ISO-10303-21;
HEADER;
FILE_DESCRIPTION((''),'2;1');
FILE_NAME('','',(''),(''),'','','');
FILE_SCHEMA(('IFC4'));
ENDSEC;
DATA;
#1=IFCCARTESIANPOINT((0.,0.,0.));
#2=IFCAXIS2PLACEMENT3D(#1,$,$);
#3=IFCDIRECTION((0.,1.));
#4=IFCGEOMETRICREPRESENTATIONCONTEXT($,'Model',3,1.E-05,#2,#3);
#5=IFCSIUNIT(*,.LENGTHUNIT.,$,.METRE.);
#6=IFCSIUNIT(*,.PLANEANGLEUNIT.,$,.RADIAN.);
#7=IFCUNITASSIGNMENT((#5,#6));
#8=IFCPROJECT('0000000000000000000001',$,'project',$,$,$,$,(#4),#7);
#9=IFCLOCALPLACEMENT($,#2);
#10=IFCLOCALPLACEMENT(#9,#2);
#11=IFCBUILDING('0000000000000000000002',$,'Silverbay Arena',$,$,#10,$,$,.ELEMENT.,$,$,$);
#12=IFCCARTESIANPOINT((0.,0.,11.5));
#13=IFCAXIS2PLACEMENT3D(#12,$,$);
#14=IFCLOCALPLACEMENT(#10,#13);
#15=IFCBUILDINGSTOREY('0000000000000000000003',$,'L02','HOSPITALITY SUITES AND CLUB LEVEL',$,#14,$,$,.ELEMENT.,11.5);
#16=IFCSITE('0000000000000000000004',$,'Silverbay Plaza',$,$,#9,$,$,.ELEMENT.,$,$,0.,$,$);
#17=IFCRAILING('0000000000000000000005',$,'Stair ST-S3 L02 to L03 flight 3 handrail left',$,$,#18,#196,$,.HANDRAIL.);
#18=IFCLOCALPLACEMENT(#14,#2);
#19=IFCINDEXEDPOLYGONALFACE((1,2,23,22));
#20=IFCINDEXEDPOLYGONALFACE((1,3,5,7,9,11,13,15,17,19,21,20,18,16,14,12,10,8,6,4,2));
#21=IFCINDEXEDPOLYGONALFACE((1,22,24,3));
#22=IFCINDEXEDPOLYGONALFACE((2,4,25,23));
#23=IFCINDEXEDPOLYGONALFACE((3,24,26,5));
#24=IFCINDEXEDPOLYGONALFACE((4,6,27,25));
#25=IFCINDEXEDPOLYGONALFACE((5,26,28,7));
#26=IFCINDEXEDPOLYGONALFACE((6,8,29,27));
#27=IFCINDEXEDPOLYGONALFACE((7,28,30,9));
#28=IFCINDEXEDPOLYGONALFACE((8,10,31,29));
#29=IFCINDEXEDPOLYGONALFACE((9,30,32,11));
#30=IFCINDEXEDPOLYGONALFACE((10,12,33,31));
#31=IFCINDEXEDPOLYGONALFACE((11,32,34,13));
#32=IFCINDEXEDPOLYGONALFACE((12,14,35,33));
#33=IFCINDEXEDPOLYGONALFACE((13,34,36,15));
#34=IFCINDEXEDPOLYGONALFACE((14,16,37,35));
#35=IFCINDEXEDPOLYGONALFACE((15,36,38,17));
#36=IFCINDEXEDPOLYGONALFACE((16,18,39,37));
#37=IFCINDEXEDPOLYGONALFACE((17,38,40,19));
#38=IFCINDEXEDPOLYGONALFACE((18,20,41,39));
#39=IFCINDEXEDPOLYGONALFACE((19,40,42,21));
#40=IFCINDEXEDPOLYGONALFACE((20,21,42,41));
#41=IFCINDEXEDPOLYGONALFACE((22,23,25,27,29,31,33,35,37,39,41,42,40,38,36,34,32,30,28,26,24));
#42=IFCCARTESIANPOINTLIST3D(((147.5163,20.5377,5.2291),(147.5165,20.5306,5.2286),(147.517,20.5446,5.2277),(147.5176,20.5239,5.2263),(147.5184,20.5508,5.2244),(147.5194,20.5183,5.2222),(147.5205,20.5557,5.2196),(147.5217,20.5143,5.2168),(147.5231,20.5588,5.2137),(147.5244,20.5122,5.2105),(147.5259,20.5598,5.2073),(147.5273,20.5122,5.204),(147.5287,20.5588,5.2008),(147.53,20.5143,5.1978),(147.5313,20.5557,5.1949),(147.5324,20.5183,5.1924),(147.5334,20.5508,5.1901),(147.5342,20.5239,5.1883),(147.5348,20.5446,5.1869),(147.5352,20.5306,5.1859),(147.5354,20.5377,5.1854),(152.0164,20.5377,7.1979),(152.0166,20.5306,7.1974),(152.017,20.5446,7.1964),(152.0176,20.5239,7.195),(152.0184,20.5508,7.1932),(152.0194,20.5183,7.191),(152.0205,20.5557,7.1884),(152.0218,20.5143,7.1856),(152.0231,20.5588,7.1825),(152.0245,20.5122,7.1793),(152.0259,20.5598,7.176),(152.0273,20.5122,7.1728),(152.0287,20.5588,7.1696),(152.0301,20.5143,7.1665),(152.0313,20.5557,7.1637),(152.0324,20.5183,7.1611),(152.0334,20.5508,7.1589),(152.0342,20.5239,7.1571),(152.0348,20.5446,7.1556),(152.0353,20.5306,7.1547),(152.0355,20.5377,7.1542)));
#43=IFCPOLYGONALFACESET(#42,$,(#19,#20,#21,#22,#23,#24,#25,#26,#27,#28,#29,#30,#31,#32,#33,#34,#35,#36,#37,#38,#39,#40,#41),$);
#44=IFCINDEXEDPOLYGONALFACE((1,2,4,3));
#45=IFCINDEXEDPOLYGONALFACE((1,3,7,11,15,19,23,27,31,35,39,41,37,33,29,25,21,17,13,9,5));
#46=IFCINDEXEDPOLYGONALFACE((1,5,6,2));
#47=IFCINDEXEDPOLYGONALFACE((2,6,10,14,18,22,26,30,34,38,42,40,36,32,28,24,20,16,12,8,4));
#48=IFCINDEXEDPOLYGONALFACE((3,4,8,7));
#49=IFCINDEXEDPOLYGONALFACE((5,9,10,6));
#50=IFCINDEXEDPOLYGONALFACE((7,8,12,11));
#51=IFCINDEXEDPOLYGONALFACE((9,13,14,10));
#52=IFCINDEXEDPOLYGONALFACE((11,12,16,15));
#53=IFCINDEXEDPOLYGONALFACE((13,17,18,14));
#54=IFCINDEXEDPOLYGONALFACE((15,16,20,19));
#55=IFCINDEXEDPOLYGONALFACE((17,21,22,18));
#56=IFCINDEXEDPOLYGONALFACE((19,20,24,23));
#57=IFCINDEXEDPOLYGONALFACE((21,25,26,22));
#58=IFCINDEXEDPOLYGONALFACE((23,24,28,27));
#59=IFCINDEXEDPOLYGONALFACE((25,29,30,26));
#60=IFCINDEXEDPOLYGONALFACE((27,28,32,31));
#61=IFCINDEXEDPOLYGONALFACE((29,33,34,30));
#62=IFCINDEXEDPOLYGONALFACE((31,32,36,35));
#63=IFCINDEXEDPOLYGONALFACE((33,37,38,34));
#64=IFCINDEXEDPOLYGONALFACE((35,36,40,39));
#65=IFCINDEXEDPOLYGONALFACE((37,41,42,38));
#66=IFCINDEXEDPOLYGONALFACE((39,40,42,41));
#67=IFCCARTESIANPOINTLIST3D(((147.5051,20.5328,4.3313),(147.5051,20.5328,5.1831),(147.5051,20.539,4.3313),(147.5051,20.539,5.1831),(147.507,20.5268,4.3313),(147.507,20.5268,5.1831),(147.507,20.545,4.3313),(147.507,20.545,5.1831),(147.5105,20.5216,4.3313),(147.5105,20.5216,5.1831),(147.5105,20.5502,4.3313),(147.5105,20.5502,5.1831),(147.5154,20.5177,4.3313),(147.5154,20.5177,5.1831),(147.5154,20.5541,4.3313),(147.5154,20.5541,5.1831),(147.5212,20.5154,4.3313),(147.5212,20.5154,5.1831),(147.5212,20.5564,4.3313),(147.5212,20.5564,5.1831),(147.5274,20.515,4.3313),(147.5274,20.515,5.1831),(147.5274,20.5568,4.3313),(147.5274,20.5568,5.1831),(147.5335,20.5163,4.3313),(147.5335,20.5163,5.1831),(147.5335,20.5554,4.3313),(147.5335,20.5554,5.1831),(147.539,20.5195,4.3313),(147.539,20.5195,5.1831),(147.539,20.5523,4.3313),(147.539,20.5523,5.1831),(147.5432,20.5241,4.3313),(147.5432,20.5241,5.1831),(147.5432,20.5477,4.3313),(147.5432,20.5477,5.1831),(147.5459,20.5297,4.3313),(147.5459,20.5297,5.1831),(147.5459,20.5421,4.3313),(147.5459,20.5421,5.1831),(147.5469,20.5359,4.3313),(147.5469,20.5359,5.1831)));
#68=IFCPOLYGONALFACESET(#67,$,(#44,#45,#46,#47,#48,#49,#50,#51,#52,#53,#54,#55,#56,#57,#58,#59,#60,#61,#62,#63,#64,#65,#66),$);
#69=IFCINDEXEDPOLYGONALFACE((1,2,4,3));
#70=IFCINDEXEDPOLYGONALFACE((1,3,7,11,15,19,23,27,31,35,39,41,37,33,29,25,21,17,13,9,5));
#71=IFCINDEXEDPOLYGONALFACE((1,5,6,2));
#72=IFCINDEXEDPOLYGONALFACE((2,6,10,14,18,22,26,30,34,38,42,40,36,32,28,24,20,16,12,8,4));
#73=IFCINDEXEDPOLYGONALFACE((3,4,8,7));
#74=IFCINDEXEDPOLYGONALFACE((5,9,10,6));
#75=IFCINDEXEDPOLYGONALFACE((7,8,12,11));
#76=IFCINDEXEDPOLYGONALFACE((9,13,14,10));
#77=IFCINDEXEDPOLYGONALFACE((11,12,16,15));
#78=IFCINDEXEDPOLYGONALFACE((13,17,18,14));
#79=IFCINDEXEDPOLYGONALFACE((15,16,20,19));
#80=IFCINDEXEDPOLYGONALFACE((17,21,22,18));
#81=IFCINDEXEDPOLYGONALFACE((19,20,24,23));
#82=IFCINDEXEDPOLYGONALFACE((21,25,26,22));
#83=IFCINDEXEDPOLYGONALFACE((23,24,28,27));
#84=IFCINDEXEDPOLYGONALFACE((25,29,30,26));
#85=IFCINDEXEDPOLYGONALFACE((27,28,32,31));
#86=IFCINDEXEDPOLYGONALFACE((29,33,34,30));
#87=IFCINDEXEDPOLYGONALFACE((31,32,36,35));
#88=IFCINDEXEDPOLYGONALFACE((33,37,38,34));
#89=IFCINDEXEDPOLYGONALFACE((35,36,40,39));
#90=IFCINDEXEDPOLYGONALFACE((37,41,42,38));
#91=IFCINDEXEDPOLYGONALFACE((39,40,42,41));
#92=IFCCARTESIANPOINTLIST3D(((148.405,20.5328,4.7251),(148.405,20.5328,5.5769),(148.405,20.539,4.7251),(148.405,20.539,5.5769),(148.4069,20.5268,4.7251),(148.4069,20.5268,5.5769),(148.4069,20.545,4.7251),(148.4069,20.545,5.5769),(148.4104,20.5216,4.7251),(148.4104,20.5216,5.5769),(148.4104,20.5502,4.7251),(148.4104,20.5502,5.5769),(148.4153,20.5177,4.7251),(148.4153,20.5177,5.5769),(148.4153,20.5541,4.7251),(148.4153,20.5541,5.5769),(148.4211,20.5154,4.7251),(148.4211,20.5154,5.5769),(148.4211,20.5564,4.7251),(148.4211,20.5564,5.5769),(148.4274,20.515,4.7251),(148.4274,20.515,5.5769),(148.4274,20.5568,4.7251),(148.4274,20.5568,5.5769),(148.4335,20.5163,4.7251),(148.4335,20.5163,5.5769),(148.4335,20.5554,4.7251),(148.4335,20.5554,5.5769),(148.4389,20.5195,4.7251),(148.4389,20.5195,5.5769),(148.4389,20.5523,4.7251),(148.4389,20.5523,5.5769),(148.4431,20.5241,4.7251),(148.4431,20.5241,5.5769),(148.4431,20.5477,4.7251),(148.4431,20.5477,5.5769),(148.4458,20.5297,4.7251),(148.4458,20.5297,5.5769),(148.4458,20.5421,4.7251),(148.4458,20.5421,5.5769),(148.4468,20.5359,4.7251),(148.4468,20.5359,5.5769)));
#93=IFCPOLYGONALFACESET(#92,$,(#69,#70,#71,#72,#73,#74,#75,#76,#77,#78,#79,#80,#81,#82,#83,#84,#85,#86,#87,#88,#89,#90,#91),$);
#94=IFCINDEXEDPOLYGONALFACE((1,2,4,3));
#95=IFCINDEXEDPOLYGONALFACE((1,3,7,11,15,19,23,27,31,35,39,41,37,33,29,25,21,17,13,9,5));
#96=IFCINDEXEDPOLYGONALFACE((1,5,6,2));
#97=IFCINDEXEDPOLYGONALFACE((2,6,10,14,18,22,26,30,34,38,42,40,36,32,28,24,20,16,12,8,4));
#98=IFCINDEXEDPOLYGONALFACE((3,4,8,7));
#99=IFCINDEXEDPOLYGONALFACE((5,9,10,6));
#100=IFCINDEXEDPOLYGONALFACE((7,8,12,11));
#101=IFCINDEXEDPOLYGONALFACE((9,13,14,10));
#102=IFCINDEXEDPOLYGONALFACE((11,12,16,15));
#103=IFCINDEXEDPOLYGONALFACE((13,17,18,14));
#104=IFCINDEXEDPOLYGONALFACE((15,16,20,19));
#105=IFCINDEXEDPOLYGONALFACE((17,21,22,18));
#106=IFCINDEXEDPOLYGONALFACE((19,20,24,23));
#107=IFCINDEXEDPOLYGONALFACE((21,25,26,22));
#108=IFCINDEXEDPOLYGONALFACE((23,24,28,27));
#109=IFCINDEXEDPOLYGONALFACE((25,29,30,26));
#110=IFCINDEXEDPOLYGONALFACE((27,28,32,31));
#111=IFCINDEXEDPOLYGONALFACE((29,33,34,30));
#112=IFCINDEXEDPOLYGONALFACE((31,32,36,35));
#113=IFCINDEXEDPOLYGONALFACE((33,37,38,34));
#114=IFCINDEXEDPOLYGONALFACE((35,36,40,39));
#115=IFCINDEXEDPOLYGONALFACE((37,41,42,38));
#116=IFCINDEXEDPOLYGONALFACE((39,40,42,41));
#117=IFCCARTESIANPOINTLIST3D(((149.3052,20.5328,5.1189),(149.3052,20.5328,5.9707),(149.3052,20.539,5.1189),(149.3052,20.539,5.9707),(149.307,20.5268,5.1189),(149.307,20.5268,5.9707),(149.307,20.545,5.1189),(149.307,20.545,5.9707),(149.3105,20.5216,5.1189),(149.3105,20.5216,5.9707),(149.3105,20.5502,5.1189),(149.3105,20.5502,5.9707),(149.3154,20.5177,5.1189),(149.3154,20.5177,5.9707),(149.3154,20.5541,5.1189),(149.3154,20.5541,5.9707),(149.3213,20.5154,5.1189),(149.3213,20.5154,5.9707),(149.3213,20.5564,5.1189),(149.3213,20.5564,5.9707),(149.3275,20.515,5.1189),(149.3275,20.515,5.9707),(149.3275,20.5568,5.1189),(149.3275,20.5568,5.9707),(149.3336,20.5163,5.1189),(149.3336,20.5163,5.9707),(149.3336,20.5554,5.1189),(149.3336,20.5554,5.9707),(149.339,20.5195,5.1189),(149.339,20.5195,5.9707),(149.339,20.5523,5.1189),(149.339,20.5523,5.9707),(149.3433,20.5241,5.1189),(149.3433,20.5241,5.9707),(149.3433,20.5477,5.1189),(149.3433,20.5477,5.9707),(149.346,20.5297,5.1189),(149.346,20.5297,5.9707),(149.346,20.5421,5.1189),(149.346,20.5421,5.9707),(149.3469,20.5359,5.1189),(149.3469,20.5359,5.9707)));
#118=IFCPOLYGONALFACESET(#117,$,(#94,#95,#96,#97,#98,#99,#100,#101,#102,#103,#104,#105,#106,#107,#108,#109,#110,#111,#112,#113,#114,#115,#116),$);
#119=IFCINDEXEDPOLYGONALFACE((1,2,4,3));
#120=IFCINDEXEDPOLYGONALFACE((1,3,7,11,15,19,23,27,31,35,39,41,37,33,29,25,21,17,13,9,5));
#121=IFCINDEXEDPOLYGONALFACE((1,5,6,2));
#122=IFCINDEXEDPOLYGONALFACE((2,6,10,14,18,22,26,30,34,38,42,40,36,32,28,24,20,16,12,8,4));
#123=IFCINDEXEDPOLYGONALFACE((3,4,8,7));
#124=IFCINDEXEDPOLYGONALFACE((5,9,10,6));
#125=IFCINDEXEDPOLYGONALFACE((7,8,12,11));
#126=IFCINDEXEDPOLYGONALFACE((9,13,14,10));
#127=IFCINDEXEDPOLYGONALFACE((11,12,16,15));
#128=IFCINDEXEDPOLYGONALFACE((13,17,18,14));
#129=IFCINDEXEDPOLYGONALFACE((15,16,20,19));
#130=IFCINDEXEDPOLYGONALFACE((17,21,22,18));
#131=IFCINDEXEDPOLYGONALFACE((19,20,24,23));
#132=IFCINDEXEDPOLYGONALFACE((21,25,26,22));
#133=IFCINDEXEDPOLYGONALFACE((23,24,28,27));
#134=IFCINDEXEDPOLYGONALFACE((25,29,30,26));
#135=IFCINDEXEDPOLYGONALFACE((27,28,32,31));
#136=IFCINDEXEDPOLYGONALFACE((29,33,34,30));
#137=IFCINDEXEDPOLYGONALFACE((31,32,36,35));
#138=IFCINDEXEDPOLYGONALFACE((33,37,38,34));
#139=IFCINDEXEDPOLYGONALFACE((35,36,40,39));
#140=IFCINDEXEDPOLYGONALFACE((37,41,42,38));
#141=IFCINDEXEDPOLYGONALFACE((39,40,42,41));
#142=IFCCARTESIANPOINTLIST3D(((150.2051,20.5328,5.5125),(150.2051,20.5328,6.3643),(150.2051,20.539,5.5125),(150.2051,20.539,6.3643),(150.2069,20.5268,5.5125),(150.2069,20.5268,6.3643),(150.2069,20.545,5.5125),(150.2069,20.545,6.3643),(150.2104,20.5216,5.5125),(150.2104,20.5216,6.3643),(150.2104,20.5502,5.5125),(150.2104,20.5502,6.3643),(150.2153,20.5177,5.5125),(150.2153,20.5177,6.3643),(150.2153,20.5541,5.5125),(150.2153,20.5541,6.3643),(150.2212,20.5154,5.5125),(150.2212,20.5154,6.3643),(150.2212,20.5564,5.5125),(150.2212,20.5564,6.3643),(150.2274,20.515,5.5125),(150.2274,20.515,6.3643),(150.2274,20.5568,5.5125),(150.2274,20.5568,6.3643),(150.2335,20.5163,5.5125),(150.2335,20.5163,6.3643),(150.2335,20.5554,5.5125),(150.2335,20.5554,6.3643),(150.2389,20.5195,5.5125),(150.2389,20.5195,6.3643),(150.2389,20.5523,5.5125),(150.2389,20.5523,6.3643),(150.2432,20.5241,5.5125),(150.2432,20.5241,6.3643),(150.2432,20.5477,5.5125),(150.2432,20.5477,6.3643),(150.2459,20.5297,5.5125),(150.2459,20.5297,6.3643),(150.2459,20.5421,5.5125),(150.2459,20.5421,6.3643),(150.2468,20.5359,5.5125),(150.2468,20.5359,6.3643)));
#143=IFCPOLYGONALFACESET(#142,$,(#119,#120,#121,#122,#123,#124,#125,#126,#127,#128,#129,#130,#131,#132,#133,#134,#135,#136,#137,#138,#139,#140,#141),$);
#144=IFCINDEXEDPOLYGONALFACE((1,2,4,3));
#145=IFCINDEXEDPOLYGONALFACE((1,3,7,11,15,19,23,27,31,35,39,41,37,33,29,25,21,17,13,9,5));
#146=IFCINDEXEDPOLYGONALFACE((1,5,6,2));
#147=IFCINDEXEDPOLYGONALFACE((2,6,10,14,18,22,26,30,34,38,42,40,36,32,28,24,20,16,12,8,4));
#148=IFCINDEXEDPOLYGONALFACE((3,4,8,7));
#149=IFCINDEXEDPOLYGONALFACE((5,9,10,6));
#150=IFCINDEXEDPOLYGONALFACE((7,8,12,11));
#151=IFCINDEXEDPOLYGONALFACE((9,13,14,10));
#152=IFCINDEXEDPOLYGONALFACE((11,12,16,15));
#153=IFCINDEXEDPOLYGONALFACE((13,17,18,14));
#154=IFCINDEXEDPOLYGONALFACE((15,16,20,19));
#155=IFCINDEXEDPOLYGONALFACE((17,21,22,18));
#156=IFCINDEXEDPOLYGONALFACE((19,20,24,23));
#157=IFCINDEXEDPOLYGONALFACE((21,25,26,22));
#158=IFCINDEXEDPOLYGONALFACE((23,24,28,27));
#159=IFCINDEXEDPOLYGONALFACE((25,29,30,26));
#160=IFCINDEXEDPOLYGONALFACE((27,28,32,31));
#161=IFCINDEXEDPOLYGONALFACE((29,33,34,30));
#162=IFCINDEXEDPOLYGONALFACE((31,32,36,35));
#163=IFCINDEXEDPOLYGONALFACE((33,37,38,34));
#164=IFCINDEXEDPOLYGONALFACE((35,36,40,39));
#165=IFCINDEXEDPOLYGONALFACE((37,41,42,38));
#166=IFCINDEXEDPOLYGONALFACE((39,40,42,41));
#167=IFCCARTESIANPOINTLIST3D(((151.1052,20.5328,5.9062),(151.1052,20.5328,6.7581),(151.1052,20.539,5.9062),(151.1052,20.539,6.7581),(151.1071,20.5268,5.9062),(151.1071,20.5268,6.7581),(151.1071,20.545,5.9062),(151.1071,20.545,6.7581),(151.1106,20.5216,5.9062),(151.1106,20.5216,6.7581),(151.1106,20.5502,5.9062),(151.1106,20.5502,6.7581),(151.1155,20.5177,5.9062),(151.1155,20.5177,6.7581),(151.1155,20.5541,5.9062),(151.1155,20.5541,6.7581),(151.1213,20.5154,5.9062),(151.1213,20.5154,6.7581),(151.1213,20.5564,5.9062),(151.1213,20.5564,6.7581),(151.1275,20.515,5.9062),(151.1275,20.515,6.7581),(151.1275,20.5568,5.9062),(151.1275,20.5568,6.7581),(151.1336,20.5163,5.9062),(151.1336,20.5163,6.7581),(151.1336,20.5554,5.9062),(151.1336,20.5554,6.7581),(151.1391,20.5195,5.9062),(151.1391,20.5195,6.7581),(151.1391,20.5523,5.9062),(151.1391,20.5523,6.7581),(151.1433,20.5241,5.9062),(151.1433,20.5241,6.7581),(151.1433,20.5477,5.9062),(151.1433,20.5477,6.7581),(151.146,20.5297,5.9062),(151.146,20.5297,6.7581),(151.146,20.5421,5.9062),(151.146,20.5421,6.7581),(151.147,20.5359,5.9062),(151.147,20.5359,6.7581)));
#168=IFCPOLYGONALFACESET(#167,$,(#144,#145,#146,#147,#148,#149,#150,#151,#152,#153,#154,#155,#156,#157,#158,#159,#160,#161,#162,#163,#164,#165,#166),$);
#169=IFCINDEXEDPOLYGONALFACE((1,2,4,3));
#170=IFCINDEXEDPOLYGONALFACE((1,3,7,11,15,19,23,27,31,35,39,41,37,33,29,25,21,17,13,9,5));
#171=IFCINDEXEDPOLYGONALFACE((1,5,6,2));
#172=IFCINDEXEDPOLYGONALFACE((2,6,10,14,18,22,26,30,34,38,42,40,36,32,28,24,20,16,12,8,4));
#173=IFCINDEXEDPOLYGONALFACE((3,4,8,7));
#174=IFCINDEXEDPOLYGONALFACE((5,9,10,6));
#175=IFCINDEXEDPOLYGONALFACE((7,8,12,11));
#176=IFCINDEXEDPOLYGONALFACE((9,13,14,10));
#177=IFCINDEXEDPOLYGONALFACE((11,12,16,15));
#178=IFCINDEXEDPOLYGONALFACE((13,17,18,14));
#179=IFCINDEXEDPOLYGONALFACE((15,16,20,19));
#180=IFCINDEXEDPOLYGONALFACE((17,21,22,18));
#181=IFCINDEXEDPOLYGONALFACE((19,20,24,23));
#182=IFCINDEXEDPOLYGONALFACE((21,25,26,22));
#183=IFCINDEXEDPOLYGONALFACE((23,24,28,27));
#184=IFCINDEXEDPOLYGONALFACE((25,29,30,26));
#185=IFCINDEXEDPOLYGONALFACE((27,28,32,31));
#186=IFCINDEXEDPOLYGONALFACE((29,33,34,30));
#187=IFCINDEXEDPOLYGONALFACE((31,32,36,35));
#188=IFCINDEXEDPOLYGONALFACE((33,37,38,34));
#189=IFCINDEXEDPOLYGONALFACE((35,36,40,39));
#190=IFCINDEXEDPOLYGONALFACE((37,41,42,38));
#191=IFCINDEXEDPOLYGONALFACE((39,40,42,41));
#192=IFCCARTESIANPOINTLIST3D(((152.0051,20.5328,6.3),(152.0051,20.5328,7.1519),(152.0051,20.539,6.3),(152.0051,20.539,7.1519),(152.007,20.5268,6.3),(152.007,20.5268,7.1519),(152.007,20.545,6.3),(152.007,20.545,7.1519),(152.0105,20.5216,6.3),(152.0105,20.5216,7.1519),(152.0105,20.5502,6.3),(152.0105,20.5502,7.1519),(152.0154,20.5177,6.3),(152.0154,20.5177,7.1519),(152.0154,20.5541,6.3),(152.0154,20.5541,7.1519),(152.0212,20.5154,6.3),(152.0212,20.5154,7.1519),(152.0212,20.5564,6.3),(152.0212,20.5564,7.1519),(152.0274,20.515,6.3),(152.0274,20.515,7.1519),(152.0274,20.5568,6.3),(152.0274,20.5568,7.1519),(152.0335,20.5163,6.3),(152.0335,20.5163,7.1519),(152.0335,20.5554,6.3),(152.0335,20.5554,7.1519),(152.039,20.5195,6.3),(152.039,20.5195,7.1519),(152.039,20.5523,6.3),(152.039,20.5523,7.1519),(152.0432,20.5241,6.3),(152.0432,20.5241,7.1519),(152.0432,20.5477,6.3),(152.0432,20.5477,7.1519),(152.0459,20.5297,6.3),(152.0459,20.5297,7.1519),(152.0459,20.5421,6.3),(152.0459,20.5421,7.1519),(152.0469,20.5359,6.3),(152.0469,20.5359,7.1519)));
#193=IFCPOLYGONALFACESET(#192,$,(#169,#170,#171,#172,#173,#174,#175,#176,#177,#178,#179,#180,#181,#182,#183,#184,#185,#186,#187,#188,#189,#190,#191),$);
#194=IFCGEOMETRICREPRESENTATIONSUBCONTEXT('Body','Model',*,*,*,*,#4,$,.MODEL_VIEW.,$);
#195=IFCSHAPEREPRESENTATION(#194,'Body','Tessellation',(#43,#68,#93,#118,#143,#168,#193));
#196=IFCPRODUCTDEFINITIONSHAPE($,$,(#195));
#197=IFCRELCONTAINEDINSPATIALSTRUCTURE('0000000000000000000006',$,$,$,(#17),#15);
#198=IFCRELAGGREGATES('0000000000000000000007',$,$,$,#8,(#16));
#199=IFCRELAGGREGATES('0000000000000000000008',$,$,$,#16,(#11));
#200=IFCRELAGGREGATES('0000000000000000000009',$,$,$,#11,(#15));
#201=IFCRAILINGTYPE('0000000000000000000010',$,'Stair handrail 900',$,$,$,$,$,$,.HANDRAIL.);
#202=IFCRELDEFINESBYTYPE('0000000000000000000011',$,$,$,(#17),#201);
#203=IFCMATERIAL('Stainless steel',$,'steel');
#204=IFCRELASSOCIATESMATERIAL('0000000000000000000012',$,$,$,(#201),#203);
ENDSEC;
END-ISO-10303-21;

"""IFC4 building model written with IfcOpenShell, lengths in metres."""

from ifc_helpers import new_model, si_unit, direction, frame, origin, origin_2d, place, context, subcontext, project, spatial, circle, extrude, material, type_object, element, save


model = new_model("IFC4")

# Units and contexts
model_context = context("Model", 3, precision=1e-05, world=origin(), true_north=direction((0.0, 1.0)))
body_context = subcontext(model_context, "Body", "Model", "MODEL_VIEW")
ifc_project = project(units=[si_unit("LENGTHUNIT", "METRE"), si_unit("PLANEANGLEUNIT", "RADIAN")], contexts=[model_context])

# Site, building, storey
site_placement = place(None, origin())
site = spatial("IfcSite", under=ifc_project, at=site_placement, Name="Silverbay Plaza", CompositionType="ELEMENT", RefElevation=0.0)
building_placement = place(site_placement, origin())
building = spatial("IfcBuilding", under=site, at=building_placement, Name="Silverbay Arena", CompositionType="ELEMENT")
storey_placement = place(building_placement, frame((0.0, 0.0, 11.5)))
storey = spatial("IfcBuildingStorey", under=building, at=storey_placement, Name="L02", Description="HOSPITALITY SUITES AND CLUB LEVEL", CompositionType="ELEMENT", Elevation=11.5)

# Railing
ifc_material_1 = material(Name="Stainless steel", Category="steel")
railing_type_1 = type_object("IfcRailingType", Name="Stair handrail 900", PredefinedType="HANDRAIL", material=ifc_material_1)
railing_1_placement = place(storey_placement, frame((147.5259, 20.5359, 4.3313)))
element("IfcRailing", 1, at=railing_1_placement, inside=storey, type_object=railing_type_1, Name="Stair ST-S3 L02 to L03 flight 3 handrail left", PredefinedType="HANDRAIL", context=body_context, shape_type="SweptSolid", body=[
    extrude(circle(Radius=0.0239, at=origin_2d()), frame((0.0, 0.0, 0.876), z_axis=(0.916157, 0.0, 0.400819), x_axis=(0.0, 1.0, 0.0)), (0.0, 0.0, 1.0), 4.9119),
    extrude(circle(Radius=0.021, at=origin_2d()), origin(), (0.0, 0.0, 1.0), 0.8518),
    extrude(circle(Radius=0.021, at=origin_2d()), frame((0.8999, 0.0, 0.3938)), (0.0, 0.0, 1.0), 0.8518),
    extrude(circle(Radius=0.021, at=origin_2d()), frame((1.8, 0.0, 0.7876)), (0.0, 0.0, 1.0), 0.8518),
    extrude(circle(Radius=0.021, at=origin_2d()), frame((2.7, 0.0, 1.1812)), (0.0, 0.0, 1.0), 0.8518),
    extrude(circle(Radius=0.021, at=origin_2d()), frame((3.6001, 0.0, 1.575)), (0.0, 0.0, 1.0), 0.8518),
    extrude(circle(Radius=0.021, at=origin_2d()), frame((4.5, 0.0, 1.9688)), (0.0, 0.0, 1.0), 0.8518),
])

save(model, "model.ifc")
